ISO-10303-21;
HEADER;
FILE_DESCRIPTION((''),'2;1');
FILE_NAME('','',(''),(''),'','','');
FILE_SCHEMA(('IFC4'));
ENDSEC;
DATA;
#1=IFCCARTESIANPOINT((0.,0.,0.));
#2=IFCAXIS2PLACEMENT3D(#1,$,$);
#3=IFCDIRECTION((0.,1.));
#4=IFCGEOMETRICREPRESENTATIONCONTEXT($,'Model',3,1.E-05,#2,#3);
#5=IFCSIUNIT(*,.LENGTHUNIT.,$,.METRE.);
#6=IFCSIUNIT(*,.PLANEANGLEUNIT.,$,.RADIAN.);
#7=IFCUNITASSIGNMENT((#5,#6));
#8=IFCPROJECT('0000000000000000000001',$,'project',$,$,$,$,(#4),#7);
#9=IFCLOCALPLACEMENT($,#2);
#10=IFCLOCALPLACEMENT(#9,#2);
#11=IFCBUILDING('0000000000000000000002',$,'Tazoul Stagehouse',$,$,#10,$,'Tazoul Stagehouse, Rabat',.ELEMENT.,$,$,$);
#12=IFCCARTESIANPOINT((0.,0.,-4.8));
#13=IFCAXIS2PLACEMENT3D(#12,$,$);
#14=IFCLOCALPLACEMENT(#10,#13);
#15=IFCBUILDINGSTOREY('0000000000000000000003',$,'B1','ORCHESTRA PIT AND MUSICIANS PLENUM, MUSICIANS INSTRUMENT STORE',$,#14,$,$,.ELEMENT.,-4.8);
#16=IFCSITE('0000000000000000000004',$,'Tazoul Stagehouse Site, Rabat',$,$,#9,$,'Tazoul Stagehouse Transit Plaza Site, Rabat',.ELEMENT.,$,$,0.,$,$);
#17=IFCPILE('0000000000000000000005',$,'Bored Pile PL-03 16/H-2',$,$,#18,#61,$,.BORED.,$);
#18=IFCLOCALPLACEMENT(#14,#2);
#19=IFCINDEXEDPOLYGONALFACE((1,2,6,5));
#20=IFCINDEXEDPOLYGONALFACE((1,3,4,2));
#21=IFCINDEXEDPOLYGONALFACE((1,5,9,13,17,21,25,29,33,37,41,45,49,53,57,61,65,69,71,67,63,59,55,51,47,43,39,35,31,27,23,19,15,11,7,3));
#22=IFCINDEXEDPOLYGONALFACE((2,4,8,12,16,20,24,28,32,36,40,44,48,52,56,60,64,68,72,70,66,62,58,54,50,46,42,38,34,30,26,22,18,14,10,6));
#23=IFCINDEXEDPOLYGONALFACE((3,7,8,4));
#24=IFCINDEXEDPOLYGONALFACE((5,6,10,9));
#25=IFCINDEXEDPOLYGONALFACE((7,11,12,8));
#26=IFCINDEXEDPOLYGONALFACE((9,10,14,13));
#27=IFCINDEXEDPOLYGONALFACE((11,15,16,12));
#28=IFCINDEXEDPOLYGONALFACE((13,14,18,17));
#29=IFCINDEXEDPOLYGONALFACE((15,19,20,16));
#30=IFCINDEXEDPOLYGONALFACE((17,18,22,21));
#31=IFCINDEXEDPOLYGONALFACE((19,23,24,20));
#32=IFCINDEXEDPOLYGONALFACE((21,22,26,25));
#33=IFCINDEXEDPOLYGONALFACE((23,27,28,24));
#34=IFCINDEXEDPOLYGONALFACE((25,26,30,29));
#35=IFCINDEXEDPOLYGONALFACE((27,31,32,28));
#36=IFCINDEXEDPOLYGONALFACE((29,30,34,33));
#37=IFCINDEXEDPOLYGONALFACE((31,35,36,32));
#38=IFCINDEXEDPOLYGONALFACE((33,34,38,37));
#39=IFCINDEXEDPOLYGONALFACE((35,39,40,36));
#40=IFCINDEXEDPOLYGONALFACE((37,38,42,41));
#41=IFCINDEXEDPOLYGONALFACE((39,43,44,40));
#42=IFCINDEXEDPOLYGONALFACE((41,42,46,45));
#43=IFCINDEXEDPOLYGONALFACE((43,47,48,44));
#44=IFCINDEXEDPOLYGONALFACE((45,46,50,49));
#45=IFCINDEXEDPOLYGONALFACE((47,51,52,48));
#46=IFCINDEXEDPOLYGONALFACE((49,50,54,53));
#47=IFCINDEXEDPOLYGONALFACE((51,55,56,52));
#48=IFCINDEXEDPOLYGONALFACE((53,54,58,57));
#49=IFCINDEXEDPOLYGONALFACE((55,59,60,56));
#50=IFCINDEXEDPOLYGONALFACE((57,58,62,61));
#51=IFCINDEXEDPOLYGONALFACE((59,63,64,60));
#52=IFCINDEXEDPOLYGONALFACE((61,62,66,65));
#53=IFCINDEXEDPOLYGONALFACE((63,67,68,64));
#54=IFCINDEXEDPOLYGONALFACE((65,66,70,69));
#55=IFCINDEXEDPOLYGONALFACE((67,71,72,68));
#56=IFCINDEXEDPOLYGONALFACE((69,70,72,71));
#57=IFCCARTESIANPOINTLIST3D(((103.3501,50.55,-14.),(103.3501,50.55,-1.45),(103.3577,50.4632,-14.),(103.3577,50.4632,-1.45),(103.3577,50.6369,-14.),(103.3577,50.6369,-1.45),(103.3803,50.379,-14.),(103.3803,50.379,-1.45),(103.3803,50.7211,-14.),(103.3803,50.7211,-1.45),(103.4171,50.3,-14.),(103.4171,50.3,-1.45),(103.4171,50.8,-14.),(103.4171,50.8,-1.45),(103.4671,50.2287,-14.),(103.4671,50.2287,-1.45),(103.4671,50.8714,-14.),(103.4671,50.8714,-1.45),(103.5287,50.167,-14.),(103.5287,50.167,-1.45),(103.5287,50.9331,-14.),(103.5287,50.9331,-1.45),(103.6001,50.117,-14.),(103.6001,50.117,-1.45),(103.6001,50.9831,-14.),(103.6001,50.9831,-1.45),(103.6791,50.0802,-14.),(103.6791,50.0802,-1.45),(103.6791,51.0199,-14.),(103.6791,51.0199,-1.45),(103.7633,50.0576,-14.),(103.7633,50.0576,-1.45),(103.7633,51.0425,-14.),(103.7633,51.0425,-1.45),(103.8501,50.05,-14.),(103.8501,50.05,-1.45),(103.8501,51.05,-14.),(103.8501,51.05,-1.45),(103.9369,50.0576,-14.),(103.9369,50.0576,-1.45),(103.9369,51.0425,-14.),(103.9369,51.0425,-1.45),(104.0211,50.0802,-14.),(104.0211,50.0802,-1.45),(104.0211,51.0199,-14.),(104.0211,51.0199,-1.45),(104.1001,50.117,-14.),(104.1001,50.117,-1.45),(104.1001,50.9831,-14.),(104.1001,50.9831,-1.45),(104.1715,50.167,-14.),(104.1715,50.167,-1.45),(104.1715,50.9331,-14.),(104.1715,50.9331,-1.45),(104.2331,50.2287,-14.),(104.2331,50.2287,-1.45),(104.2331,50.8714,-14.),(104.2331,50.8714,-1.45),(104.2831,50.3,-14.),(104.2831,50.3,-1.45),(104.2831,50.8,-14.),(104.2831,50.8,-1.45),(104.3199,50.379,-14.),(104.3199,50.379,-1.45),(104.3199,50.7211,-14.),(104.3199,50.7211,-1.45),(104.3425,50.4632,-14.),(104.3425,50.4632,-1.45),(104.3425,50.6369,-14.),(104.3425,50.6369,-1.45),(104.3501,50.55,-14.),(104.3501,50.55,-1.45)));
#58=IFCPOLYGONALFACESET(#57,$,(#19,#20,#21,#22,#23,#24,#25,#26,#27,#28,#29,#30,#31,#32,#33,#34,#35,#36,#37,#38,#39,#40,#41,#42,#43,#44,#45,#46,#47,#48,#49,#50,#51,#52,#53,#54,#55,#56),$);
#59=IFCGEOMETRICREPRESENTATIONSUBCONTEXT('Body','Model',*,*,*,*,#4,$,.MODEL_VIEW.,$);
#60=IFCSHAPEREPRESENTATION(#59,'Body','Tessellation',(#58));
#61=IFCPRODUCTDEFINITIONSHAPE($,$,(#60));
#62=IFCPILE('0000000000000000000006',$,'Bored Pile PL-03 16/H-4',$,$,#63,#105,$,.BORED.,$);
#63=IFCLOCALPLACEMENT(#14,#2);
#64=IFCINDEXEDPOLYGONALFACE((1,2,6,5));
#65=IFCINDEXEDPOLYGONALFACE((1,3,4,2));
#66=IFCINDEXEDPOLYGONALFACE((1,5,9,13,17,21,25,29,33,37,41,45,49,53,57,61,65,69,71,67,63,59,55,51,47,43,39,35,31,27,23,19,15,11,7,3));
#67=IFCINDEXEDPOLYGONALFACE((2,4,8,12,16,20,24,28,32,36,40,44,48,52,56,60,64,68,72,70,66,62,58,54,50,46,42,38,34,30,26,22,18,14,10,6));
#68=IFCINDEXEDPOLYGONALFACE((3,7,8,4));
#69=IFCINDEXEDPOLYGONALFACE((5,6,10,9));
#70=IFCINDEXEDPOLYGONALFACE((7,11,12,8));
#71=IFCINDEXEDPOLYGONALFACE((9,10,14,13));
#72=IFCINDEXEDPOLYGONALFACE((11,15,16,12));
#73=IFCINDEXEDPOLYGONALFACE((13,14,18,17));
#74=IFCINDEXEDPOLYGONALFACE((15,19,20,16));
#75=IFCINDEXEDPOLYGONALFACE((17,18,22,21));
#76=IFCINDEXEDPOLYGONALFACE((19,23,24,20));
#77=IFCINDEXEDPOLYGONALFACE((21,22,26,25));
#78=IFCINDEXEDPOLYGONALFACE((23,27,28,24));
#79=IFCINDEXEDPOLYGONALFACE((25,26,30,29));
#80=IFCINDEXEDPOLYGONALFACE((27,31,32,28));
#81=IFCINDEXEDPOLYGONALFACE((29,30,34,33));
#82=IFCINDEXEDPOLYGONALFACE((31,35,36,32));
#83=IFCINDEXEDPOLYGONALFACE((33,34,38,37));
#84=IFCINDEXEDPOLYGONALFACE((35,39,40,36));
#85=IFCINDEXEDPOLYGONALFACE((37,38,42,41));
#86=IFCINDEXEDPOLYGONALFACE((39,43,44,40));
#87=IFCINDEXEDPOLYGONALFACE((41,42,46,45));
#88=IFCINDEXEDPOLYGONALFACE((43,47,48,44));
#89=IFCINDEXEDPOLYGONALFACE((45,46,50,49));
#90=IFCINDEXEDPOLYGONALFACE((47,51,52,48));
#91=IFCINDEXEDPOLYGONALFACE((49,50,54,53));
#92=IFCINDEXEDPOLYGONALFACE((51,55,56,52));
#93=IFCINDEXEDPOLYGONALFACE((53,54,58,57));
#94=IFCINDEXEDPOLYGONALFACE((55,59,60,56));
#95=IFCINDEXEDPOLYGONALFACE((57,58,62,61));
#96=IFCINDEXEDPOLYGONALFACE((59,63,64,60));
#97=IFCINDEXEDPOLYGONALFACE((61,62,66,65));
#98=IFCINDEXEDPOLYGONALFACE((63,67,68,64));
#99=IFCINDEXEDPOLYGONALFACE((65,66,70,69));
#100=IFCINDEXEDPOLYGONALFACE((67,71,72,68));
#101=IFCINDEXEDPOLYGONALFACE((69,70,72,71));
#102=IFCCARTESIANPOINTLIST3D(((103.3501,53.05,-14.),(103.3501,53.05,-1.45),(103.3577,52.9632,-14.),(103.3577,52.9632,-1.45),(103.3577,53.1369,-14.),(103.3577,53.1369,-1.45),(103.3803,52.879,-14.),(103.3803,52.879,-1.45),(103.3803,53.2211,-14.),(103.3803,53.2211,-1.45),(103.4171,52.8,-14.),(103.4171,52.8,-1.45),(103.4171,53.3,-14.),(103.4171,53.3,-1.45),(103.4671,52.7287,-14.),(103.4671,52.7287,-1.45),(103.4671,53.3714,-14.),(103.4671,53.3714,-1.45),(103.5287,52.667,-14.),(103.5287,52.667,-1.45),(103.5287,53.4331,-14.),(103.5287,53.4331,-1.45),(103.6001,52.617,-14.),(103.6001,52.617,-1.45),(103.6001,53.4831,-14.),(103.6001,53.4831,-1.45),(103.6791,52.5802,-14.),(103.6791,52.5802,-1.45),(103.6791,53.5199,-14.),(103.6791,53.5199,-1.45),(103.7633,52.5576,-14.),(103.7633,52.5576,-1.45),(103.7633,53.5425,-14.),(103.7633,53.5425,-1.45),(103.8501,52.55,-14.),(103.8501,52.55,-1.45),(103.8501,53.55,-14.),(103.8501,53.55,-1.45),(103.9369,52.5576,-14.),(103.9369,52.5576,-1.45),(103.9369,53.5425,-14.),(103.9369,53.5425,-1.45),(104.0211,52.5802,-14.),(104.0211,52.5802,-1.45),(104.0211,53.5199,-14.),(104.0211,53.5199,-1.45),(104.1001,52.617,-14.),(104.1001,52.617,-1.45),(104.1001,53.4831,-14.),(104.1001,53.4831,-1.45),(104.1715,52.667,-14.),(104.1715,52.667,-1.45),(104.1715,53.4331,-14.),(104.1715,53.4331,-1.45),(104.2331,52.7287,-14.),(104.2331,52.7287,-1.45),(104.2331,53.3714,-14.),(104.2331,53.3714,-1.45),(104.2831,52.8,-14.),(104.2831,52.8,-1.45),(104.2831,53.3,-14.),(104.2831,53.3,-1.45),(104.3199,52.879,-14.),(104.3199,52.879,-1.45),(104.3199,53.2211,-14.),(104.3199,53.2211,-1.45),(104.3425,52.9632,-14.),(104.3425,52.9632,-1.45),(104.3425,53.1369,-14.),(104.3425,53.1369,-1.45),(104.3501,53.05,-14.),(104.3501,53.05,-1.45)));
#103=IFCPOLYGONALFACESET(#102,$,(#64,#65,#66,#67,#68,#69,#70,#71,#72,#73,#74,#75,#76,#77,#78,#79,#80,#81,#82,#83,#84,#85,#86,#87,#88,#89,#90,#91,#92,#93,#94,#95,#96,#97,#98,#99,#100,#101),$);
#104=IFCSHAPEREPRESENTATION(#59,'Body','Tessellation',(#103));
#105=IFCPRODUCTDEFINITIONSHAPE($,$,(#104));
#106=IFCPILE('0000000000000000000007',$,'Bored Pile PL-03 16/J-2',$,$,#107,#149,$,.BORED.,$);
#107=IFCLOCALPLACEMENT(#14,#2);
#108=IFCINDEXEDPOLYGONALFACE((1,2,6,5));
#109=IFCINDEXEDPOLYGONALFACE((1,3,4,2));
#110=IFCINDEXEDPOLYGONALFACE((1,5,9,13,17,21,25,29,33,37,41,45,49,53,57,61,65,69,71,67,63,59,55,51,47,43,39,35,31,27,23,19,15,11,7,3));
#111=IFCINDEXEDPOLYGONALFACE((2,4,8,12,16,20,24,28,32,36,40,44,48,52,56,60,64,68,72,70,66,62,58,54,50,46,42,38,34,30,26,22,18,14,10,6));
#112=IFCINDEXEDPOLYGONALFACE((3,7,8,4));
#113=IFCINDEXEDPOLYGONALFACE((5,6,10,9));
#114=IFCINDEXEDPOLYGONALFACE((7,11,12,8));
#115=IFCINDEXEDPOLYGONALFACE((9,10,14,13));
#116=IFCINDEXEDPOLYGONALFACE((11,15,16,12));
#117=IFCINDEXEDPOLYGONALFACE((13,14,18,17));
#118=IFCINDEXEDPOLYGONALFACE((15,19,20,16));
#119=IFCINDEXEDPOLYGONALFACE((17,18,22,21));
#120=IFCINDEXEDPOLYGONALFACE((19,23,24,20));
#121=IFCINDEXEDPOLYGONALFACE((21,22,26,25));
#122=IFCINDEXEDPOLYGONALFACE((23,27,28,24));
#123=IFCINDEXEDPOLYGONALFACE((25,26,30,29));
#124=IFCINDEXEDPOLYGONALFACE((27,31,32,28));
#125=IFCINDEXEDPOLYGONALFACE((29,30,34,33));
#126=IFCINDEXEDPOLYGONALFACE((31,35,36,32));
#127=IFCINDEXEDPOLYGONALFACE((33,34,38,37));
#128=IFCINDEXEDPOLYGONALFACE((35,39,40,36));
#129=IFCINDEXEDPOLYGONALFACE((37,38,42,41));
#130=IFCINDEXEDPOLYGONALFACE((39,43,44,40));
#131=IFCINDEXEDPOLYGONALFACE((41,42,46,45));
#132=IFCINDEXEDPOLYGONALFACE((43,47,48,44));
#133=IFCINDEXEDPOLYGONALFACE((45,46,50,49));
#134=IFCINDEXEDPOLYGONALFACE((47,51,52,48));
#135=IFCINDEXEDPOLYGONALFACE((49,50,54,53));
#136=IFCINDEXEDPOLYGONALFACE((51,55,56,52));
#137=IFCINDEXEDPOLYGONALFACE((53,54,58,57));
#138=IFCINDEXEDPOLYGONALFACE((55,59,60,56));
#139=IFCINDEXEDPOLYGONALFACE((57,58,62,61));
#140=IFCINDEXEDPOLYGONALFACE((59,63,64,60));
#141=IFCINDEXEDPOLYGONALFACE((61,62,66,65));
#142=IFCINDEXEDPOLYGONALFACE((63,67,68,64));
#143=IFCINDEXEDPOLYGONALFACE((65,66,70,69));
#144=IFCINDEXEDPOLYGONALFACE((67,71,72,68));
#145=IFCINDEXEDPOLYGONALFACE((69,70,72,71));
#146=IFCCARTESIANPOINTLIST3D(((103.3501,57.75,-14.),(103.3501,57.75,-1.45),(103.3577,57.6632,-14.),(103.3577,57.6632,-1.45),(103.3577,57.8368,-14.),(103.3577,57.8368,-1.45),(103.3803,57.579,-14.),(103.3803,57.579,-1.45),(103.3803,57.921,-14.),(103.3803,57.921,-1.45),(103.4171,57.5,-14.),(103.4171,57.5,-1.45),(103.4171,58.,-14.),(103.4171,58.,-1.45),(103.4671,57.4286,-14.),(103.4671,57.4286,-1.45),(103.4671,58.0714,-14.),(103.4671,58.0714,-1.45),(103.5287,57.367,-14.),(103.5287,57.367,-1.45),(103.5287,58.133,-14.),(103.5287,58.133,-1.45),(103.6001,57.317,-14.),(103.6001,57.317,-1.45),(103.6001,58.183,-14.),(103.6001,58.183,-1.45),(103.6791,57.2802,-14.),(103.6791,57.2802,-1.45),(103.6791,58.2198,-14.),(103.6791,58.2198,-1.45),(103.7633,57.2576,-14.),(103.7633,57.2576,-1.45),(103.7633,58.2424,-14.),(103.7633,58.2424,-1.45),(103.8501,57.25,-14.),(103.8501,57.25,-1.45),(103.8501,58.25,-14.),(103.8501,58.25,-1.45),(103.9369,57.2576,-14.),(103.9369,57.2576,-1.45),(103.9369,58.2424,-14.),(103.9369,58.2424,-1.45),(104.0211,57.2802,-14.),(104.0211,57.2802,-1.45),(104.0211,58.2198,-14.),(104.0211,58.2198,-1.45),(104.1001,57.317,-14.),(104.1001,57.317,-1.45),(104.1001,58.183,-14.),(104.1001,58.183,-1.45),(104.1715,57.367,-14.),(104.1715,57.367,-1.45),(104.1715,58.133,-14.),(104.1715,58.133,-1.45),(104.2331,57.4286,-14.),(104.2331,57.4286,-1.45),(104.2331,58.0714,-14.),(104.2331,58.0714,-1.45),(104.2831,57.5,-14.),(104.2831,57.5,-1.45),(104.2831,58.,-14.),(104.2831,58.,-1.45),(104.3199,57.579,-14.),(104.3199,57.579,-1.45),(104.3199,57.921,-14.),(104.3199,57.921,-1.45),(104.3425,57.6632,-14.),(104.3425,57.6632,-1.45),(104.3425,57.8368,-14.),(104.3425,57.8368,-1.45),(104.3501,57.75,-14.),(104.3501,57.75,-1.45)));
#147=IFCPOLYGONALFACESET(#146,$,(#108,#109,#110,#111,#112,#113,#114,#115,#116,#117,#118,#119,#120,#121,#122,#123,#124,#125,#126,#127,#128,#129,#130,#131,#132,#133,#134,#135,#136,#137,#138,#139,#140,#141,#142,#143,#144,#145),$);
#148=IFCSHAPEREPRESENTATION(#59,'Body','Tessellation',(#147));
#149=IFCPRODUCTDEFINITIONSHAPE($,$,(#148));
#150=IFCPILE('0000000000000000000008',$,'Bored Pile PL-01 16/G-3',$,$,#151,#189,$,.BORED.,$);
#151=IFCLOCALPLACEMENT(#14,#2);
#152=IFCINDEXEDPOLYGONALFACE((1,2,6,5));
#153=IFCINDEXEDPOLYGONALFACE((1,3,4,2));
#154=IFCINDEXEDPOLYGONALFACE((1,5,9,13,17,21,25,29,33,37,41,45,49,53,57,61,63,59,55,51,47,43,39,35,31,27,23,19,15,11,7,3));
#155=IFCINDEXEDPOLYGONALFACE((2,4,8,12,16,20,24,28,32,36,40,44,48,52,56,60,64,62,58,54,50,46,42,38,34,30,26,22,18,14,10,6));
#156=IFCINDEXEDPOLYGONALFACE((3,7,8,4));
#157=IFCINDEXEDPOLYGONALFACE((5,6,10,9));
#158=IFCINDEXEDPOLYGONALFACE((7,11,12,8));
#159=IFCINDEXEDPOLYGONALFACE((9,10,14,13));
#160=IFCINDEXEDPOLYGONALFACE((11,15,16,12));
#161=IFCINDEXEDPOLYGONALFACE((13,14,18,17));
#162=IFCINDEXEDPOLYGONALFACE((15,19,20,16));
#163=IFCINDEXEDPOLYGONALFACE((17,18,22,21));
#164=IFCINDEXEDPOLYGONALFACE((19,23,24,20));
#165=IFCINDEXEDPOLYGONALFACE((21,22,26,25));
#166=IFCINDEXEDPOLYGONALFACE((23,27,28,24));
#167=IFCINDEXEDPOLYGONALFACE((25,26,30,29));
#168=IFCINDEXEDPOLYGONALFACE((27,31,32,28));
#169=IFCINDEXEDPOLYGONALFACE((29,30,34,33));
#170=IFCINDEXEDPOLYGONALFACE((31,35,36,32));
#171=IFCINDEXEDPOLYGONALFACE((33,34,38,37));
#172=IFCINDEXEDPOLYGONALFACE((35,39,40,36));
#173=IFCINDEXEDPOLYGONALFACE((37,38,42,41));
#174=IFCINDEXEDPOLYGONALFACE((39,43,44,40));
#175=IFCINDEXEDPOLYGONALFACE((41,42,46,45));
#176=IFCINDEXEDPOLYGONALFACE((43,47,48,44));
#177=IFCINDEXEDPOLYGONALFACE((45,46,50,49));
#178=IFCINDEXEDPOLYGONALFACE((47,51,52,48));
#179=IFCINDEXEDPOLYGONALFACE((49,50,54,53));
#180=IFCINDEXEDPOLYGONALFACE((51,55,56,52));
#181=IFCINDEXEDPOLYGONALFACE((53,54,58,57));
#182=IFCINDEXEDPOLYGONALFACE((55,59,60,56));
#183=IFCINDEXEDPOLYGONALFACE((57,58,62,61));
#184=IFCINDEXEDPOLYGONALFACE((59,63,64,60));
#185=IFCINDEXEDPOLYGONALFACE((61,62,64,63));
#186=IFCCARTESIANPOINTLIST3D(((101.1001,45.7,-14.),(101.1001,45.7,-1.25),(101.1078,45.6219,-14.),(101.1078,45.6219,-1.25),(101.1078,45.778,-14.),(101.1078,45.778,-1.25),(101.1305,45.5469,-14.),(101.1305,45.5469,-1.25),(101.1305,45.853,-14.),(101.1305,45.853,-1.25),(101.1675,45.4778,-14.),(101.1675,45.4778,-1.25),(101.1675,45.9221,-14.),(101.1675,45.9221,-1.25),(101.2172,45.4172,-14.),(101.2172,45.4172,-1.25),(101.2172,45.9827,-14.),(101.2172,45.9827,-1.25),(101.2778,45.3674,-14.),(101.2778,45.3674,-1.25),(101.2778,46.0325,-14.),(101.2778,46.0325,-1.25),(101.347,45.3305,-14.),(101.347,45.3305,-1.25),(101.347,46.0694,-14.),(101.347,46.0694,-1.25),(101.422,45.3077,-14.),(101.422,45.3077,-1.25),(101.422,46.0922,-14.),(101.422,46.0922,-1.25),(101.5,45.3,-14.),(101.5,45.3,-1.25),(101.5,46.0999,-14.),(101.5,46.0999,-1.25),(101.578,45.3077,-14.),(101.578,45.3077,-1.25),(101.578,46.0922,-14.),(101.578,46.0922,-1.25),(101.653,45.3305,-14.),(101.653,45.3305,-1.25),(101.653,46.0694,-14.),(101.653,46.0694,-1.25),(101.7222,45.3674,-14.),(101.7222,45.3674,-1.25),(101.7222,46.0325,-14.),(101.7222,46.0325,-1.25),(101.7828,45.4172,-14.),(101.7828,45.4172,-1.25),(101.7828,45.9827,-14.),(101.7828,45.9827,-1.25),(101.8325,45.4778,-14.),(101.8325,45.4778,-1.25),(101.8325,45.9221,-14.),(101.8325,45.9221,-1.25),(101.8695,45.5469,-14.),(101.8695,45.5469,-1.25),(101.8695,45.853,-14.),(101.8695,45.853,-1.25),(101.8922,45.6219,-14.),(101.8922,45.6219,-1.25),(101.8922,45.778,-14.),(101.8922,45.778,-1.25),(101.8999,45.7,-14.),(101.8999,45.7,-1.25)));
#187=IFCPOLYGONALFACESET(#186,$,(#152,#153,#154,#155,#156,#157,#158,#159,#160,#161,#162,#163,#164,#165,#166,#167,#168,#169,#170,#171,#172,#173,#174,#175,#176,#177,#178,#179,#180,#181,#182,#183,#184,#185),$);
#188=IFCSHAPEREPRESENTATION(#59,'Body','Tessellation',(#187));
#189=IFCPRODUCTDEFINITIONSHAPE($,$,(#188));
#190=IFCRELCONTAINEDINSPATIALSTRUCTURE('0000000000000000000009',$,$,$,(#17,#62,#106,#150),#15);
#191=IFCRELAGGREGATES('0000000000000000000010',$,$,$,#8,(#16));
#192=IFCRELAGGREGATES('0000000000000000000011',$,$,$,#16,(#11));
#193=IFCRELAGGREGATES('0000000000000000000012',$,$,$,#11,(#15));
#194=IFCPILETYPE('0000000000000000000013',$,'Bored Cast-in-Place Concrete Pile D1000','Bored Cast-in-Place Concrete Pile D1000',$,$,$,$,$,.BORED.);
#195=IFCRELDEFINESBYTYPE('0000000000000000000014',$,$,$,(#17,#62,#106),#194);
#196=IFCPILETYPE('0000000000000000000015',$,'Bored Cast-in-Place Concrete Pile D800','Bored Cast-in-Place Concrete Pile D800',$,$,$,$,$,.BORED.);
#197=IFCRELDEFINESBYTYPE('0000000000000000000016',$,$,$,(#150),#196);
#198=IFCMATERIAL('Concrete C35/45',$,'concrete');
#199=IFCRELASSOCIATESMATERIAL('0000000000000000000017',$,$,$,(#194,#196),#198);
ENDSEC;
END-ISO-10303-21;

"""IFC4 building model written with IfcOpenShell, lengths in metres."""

from ifc_helpers import new_model, si_unit, direction, frame, origin, origin_2d, place, context, subcontext, project, spatial, circle, extrude, material, material_profile, profile_set, type_object, element, save


model = new_model("IFC4")

# Units and contexts
model_context = context("Model", 3, precision=1e-05, world=origin(), true_north=direction((0.0, 1.0)))
body_context = subcontext(model_context, "Body", "Model", "MODEL_VIEW")
ifc_project = project(units=[si_unit("LENGTHUNIT", "METRE"), si_unit("PLANEANGLEUNIT", "RADIAN")], contexts=[model_context])

# Site, building, storey
site_placement = place(None, origin())
site = spatial("IfcSite", under=ifc_project, at=site_placement, Name="Tazoul Stagehouse Site, Rabat", LongName="Tazoul Stagehouse Transit Plaza Site, Rabat", CompositionType="ELEMENT", RefElevation=0.0)
building_placement = place(site_placement, origin())
building = spatial("IfcBuilding", under=site, at=building_placement, Name="Tazoul Stagehouse", LongName="Tazoul Stagehouse, Rabat", CompositionType="ELEMENT")
storey_placement = place(building_placement, frame((0.0, 0.0, -4.8)))
storey = spatial("IfcBuildingStorey", under=building, at=storey_placement, Name="B1", Description="ORCHESTRA PIT AND MUSICIANS PLENUM, MUSICIANS INSTRUMENT STORE", CompositionType="ELEMENT", Elevation=-4.8)

# Piles
ifc_material_1 = material(Name="Concrete C35/45", Category="concrete")
ifc_material_profile_1 = material_profile(ifc_material_1, circle(Radius=0.5, at=origin_2d()), Name="BORED PILE 1000")
ifc_profile_set_1 = profile_set([ifc_material_profile_1], Name="Concrete C35/45")
pile_type_1 = type_object("IfcPileType", Name="Bored Cast-in-Place Concrete Pile D1000", Description="Bored Cast-in-Place Concrete Pile D1000", PredefinedType="BORED", material=ifc_profile_set_1)
for number, where, z_axis, x_axis, name in (
    (1, (103.8501, 50.55, -1.45), (0.0, 0.0, -1.0), (1.0, 0.0, 0.0), "Bored Pile PL-03 16/H-2"),
    (2, (103.8501, 53.05, -1.45), (0.0, 0.0, -1.0), (1.0, 0.0, 0.0), "Bored Pile PL-03 16/H-4"),
    (3, (103.8501, 57.75, -1.45), (0.0, 0.0, -1.0), (1.0, 0.0, 0.0), "Bored Pile PL-03 16/J-2"),
):
    element("IfcPile", number, at=place(storey_placement, frame(where, z_axis=z_axis, x_axis=x_axis)), inside=storey, type_object=pile_type_1, Name=name, PredefinedType="BORED", context=body_context, shape_type="SweptSolid", body=[
        extrude(circle(Radius=0.5, at=origin_2d()), origin(), (0.0, 0.0, 1.0), 12.55),
    ])
ifc_material_profile_2 = material_profile(ifc_material_1, circle(Radius=0.3999, at=origin_2d()), Name="BORED PILE 800")
ifc_profile_set_2 = profile_set([ifc_material_profile_2], Name="Concrete C35/45")
pile_type_2 = type_object("IfcPileType", Name="Bored Cast-in-Place Concrete Pile D800", Description="Bored Cast-in-Place Concrete Pile D800", PredefinedType="BORED", material=ifc_profile_set_2)
for number, where, z_axis, x_axis, name in (
    (4, (101.5, 45.7, -1.25), (0.0, 0.0, -1.0), (1.0, 0.0, 0.0), "Bored Pile PL-01 16/G-3"),
):
    element("IfcPile", number, at=place(storey_placement, frame(where, z_axis=z_axis, x_axis=x_axis)), inside=storey, type_object=pile_type_2, Name=name, PredefinedType="BORED", context=body_context, shape_type="SweptSolid", body=[
        extrude(circle(Radius=0.3999, at=origin_2d()), origin(), (0.0, 0.0, 1.0), 12.75),
    ])

save(model, "model.ifc")
